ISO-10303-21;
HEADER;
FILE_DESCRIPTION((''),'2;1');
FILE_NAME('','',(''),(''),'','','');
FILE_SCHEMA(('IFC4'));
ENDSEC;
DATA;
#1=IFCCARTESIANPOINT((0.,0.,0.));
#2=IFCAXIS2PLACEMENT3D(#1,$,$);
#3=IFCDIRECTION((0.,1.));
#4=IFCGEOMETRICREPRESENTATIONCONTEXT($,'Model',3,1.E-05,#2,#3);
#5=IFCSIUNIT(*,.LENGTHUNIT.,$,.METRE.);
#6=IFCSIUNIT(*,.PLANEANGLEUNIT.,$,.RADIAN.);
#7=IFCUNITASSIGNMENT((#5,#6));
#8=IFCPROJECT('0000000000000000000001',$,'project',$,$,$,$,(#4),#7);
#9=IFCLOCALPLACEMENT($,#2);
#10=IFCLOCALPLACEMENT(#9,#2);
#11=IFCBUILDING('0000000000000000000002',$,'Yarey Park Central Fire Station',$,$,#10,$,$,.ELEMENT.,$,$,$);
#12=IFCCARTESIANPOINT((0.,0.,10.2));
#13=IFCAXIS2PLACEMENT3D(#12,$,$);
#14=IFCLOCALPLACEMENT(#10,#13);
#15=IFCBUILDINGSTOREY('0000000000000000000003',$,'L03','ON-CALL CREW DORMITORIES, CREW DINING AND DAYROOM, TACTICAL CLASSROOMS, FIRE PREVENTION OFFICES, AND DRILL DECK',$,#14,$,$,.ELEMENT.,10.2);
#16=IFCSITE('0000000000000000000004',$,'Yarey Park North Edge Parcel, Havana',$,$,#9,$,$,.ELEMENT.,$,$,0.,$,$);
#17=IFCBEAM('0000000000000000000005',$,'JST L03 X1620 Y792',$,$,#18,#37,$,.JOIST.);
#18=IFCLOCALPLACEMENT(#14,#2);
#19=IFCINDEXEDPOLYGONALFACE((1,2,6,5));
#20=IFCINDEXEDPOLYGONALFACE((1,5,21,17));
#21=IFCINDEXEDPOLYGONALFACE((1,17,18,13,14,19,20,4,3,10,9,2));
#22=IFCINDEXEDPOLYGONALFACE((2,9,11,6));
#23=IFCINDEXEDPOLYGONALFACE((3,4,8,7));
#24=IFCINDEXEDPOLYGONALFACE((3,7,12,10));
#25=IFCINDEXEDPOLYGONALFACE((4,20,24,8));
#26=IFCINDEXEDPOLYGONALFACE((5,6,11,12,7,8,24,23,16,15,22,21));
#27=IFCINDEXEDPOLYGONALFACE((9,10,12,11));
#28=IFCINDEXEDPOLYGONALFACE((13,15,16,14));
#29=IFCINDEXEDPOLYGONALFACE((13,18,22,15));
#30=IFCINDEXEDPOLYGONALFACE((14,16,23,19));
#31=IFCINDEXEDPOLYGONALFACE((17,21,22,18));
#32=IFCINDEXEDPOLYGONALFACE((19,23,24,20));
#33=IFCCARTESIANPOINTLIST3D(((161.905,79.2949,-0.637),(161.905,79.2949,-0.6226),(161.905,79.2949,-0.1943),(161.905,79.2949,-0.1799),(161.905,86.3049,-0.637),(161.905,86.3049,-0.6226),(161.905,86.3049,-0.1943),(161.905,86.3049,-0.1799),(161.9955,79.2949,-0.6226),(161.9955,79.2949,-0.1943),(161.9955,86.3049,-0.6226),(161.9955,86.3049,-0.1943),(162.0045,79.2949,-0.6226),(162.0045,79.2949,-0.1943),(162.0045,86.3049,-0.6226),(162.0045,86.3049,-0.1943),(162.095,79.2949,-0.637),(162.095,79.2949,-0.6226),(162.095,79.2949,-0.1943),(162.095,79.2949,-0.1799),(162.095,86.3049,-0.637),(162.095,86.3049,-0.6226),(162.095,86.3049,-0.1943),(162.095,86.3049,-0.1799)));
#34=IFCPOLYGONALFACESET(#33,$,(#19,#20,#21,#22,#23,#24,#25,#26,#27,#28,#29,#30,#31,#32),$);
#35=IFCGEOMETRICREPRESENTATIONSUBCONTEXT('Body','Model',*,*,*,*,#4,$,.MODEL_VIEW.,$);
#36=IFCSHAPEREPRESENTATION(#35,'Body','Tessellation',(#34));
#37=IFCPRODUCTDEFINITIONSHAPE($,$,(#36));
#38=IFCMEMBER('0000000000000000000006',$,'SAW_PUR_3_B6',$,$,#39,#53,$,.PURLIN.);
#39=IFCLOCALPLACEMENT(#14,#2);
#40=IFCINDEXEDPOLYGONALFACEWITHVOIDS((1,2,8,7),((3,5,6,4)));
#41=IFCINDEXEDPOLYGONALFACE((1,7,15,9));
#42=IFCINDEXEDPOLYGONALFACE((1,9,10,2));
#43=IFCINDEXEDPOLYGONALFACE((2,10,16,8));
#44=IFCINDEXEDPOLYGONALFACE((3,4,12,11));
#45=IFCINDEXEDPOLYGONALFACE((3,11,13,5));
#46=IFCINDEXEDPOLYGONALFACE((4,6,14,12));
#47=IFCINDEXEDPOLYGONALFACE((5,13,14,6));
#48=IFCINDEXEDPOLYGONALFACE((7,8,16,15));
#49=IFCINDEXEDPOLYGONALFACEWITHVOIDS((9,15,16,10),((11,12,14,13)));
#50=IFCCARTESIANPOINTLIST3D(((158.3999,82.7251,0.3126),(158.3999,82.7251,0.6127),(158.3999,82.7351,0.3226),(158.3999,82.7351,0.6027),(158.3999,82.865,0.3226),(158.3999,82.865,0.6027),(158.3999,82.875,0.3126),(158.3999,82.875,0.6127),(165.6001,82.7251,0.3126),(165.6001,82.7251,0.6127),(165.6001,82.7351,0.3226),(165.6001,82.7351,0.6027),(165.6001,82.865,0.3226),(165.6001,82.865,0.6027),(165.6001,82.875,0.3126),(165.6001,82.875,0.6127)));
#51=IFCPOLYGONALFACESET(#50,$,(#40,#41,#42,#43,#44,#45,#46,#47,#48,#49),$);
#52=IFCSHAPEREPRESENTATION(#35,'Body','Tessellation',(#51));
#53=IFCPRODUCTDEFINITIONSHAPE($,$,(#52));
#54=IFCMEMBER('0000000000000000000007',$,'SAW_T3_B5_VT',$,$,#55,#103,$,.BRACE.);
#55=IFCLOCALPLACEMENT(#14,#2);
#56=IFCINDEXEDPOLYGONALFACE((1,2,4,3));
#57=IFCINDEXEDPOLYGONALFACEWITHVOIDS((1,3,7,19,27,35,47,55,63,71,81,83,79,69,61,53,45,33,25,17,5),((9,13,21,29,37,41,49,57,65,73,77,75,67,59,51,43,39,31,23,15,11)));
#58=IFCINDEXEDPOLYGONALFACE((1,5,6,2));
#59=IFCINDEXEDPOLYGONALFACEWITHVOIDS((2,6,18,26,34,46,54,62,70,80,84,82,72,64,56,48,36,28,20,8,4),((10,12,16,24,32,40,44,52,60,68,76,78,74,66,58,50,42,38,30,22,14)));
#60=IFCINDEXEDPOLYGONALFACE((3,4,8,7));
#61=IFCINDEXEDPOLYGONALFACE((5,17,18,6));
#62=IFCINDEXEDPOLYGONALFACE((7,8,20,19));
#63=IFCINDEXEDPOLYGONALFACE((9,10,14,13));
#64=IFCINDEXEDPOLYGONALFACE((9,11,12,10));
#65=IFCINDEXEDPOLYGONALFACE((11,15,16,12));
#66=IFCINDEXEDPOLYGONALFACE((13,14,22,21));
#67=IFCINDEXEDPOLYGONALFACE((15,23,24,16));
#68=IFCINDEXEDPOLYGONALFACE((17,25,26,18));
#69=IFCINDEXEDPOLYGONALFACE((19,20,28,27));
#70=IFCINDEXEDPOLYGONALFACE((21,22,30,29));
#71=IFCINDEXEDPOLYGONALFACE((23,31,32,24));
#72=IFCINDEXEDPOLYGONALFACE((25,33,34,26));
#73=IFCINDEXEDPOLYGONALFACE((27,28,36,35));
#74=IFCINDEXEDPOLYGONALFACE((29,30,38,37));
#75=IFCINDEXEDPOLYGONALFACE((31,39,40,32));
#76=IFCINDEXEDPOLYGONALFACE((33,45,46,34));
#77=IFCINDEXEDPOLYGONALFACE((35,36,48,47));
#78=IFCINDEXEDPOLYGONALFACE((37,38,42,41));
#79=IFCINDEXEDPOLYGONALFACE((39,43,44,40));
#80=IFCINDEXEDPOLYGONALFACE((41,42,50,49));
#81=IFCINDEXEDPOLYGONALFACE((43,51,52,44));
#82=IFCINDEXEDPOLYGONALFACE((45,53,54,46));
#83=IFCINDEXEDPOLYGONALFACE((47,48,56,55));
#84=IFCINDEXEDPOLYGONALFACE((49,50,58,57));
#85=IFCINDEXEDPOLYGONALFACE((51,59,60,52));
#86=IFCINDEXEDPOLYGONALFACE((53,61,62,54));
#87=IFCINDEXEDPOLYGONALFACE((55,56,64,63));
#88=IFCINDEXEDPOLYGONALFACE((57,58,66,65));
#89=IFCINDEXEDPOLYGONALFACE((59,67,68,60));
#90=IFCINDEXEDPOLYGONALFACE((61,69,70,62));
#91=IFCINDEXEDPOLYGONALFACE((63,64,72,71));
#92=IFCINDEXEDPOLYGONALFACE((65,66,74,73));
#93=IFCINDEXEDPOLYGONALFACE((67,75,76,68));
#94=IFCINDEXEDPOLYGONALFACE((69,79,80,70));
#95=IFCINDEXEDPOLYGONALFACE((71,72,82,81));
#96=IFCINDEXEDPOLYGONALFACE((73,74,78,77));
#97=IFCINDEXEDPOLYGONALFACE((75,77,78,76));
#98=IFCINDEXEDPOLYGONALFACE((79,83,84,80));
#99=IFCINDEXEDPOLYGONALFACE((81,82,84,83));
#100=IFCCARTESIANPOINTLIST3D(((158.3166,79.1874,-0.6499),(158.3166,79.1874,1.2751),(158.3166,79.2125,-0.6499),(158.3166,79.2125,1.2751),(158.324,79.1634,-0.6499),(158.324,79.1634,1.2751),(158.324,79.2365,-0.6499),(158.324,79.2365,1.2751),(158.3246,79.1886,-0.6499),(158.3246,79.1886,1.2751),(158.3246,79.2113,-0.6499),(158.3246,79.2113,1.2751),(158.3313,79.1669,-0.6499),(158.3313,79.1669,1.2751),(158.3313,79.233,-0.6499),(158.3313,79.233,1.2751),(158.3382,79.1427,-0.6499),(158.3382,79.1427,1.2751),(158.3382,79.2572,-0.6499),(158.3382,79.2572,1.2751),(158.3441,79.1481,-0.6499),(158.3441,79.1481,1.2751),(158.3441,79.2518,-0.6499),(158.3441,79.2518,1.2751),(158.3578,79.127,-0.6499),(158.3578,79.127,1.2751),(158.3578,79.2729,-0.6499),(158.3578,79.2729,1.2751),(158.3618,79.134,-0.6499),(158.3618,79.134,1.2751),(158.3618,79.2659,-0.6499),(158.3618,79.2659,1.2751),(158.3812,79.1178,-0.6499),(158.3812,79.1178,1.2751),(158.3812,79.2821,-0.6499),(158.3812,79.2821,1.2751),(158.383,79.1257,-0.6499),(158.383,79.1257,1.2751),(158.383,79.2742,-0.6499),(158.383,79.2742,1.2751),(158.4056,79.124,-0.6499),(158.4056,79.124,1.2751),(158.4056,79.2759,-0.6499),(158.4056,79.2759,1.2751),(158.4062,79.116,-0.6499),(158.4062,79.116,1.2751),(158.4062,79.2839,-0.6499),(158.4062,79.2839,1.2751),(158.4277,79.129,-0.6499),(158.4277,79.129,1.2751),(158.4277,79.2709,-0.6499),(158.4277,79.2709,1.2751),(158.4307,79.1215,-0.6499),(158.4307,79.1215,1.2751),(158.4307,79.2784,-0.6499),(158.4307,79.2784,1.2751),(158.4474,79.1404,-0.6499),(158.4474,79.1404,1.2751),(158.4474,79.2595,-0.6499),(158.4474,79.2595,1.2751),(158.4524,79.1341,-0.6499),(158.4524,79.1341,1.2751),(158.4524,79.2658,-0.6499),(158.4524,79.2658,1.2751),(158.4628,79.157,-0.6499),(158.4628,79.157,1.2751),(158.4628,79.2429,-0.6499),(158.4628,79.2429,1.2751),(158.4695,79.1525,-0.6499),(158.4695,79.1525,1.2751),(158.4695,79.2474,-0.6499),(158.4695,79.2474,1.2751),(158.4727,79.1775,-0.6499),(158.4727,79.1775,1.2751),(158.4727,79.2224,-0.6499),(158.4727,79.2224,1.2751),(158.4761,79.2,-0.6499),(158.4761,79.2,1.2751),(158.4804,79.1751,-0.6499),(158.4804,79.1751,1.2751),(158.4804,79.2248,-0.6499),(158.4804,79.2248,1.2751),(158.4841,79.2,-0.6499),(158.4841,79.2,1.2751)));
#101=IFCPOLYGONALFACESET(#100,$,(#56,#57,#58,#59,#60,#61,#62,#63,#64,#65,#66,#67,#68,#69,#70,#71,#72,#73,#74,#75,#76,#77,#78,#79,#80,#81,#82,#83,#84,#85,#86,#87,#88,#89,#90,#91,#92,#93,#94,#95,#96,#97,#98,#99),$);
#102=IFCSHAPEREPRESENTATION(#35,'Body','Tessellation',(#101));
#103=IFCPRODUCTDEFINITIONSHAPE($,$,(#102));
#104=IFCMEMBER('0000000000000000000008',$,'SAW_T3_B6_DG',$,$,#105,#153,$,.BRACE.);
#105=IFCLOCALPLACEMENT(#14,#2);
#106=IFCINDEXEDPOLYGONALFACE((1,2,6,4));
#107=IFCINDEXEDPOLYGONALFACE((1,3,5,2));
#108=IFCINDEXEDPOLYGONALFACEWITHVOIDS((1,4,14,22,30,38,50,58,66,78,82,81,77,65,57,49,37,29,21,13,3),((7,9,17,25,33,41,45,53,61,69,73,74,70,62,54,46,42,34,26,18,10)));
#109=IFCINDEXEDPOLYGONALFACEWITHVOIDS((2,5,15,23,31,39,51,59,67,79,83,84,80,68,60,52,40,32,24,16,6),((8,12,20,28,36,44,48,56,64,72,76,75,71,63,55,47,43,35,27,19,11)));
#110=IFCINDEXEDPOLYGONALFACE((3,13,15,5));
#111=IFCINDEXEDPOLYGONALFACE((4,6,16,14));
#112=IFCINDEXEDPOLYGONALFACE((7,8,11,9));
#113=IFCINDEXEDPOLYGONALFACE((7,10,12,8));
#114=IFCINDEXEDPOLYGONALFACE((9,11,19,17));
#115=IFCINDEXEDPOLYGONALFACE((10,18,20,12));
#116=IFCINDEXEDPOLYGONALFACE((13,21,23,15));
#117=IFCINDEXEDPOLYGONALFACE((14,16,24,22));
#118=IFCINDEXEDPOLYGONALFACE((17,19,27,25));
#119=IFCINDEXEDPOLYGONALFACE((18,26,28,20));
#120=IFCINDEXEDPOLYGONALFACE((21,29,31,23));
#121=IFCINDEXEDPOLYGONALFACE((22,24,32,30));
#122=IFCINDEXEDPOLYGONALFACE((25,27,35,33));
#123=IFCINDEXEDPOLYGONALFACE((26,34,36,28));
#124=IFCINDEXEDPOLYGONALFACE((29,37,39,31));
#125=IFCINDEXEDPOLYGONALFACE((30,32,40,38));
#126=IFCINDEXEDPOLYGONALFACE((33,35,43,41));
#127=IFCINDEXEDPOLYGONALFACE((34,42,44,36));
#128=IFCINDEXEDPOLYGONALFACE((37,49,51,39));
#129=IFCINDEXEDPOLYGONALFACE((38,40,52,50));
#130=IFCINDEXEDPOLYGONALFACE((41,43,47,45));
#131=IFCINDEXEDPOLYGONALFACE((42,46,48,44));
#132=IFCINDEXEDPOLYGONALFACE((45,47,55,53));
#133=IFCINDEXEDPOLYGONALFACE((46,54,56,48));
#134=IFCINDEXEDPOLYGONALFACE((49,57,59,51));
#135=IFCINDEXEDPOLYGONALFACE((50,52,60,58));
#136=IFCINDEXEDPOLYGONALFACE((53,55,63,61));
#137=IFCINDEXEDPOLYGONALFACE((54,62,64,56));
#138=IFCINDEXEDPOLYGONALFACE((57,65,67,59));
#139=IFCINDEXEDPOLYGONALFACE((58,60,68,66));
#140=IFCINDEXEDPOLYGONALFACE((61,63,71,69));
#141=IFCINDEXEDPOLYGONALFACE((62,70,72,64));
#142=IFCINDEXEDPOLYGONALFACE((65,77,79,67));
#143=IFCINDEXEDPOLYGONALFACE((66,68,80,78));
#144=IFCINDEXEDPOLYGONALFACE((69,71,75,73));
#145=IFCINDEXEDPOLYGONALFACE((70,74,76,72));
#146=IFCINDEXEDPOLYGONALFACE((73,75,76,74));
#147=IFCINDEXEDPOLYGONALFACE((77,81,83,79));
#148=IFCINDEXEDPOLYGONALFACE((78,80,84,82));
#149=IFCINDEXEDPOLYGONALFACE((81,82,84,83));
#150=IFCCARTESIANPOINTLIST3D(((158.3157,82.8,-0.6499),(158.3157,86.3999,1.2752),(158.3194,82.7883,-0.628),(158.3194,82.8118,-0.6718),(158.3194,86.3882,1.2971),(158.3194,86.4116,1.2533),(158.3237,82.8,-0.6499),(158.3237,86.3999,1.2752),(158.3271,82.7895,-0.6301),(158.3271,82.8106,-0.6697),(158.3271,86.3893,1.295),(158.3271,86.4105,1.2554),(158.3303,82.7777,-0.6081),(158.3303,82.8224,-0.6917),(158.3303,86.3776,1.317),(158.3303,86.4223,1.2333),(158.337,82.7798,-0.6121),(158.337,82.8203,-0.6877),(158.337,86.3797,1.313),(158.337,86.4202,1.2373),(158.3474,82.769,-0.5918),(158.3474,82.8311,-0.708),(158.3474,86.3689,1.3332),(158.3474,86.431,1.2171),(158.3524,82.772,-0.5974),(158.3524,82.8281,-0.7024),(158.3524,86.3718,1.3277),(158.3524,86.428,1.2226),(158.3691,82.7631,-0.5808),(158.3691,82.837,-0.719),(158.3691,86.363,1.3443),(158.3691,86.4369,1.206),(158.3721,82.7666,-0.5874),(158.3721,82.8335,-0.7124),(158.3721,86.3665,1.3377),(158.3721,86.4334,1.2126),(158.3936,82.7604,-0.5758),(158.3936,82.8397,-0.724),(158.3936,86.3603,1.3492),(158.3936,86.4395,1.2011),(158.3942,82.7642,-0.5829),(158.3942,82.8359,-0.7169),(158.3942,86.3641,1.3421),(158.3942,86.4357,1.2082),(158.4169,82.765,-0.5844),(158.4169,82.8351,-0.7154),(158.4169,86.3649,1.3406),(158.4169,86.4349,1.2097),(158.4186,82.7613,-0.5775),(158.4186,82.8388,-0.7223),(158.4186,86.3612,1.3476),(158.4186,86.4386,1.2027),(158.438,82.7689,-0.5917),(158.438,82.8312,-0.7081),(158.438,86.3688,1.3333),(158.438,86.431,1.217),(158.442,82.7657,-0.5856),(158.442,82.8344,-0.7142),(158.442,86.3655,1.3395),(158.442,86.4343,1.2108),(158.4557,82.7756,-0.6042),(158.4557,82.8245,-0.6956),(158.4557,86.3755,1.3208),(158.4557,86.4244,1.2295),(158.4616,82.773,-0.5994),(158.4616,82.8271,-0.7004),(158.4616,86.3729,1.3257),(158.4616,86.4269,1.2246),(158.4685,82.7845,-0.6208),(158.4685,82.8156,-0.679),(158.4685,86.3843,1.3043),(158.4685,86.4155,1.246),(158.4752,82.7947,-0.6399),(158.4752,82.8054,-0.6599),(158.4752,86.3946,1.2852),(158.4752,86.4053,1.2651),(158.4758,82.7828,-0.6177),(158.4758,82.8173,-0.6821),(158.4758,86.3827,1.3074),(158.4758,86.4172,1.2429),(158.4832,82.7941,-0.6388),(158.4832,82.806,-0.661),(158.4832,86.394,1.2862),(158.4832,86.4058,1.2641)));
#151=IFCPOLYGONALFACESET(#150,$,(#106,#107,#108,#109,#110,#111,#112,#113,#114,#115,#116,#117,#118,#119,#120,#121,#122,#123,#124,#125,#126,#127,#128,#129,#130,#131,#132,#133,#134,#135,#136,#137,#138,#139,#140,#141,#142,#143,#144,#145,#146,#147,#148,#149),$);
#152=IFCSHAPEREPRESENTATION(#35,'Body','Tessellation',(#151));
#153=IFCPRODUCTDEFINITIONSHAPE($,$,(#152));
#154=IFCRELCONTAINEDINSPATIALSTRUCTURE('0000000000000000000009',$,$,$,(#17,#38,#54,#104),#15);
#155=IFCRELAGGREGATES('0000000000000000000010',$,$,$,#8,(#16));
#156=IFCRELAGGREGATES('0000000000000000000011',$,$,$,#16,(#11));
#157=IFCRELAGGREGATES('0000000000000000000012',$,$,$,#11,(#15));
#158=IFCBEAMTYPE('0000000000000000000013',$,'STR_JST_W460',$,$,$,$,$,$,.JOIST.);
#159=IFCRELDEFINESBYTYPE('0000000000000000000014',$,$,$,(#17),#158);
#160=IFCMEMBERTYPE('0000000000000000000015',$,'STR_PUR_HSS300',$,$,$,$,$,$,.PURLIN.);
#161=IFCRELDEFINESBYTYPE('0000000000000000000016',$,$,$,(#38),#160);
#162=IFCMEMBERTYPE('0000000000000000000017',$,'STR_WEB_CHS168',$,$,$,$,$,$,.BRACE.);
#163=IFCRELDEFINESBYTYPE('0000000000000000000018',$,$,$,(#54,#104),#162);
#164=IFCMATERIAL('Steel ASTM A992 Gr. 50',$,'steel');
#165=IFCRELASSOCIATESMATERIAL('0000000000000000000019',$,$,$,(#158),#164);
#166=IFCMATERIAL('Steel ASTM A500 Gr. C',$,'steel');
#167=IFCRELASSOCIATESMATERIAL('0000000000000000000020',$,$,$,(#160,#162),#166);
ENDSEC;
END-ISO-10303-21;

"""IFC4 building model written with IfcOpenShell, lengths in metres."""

from ifc_helpers import new_model, si_unit, direction, frame, origin, origin_2d, place, context, subcontext, project, spatial, hollow_rectangle, hollow_circle, i_section, extrude, material, material_profile, profile_set, type_object, element, save


model = new_model("IFC4")

# Units and contexts
model_context = context("Model", 3, precision=1e-05, world=origin(), true_north=direction((0.0, 1.0)))
body_context = subcontext(model_context, "Body", "Model", "MODEL_VIEW")
ifc_project = project(units=[si_unit("LENGTHUNIT", "METRE"), si_unit("PLANEANGLEUNIT", "RADIAN")], contexts=[model_context])

# Site, building, storey
site_placement = place(None, origin())
site = spatial("IfcSite", under=ifc_project, at=site_placement, Name="Yarey Park North Edge Parcel, Havana", CompositionType="ELEMENT", RefElevation=0.0)
building_placement = place(site_placement, origin())
building = spatial("IfcBuilding", under=site, at=building_placement, Name="Yarey Park Central Fire Station", CompositionType="ELEMENT")
storey_placement = place(building_placement, frame((0.0, 0.0, 10.2)))
storey = spatial("IfcBuildingStorey", under=building, at=storey_placement, Name="L03", Description="ON-CALL CREW DORMITORIES, CREW DINING AND DAYROOM, TACTICAL CLASSROOMS, FIRE PREVENTION OFFICES, AND DRILL DECK", CompositionType="ELEMENT", Elevation=10.2)

# Shared definitions
ifc_material_1 = material(Name="Steel ASTM A992 Gr. 50", Category="steel")

# Shared definitions
ifc_material_2 = material(Name="Steel ASTM A500 Gr. C", Category="steel")

# Beam
ifc_material_profile_1 = material_profile(ifc_material_1, i_section(OverallWidth=0.1899, OverallDepth=0.457, WebThickness=0.009, FlangeThickness=0.0144, at=origin_2d()), Name="W460x74")
ifc_profile_set_1 = profile_set([ifc_material_profile_1], Name="Steel ASTM A992 Gr. 50")
beam_type_1 = type_object("IfcBeamType", Name="STR_JST_W460", PredefinedType="JOIST", material=ifc_profile_set_1)
for number, where, z_axis, x_axis, name in (
    (1, (162.0, 79.2949, -0.4084), (0.0, 1.0, 0.0), (-1.0, 0.0, 0.0), "JST L03 X1620 Y792"),
):
    element("IfcBeam", number, at=place(storey_placement, frame(where, z_axis=z_axis, x_axis=x_axis)), inside=storey, type_object=beam_type_1, Name=name, PredefinedType="JOIST", context=body_context, shape_type="SweptSolid", body=[
        extrude(i_section(OverallWidth=0.1899, OverallDepth=0.457, WebThickness=0.009, FlangeThickness=0.0144, at=origin_2d()), origin(), (0.0, 0.0, 1.0), 7.01),
    ])

# Members
ifc_material_profile_2 = material_profile(ifc_material_2, hollow_rectangle(XDim=0.1499, YDim=0.3, WallThickness=0.01, at=origin_2d()), Name="HSS 300x150x10")
ifc_profile_set_2 = profile_set([ifc_material_profile_2], Name="Steel ASTM A500 Gr. C")
member_type_1 = type_object("IfcMemberType", Name="STR_PUR_HSS300", PredefinedType="PURLIN", material=ifc_profile_set_2)
member_1_placement = place(storey_placement, frame((158.3999, 82.8, 0.4626), z_axis=(1.0, 0.0, 0.0), x_axis=(0.0, 1.0, 0.0)))
element("IfcMember", 2, at=member_1_placement, inside=storey, type_object=member_type_1, Name="SAW_PUR_3_B6", PredefinedType="PURLIN", context=body_context, shape_type="SweptSolid", body=[
    extrude(hollow_rectangle(XDim=0.1499, YDim=0.3, WallThickness=0.01, at=origin_2d()), origin(), (0.0, 0.0, 1.0), 7.2002),
])
ifc_material_profile_3 = material_profile(ifc_material_2, hollow_circle(Radius=0.0842, WallThickness=0.0081, at=origin_2d()), Name="CHS 168.3x8")
ifc_profile_set_3 = profile_set([ifc_material_profile_3], Name="Steel ASTM A500 Gr. C")
member_type_2 = type_object("IfcMemberType", Name="STR_WEB_CHS168", PredefinedType="BRACE", material=ifc_profile_set_3)
member_2_placement = place(storey_placement, frame((158.3999, 79.2, -0.6499), z_axis=(0.0, 0.0, 1.0), x_axis=(1.0, 0.0, 0.0)))
element("IfcMember", 3, at=member_2_placement, inside=storey, type_object=member_type_2, Name="SAW_T3_B5_VT", PredefinedType="BRACE", context=body_context, shape_type="SweptSolid", body=[
    extrude(hollow_circle(Radius=0.0842, WallThickness=0.0081, at=origin_2d()), origin(), (0.0, 0.0, 1.0), 1.925),
])
member_3_placement = place(storey_placement, frame((158.3999, 82.8, -0.6499), z_axis=(0.0, 0.881831, 0.471566), x_axis=(-1.0, 0.0, 0.0)))
element("IfcMember", 4, at=member_3_placement, inside=storey, type_object=member_type_2, Name="SAW_T3_B6_DG", PredefinedType="BRACE", context=body_context, shape_type="SweptSolid", body=[
    extrude(hollow_circle(Radius=0.0842, WallThickness=0.0081, at=origin_2d()), origin(), (0.0, 0.0, 1.0), 4.0823),
])

save(model, "model.ifc")
